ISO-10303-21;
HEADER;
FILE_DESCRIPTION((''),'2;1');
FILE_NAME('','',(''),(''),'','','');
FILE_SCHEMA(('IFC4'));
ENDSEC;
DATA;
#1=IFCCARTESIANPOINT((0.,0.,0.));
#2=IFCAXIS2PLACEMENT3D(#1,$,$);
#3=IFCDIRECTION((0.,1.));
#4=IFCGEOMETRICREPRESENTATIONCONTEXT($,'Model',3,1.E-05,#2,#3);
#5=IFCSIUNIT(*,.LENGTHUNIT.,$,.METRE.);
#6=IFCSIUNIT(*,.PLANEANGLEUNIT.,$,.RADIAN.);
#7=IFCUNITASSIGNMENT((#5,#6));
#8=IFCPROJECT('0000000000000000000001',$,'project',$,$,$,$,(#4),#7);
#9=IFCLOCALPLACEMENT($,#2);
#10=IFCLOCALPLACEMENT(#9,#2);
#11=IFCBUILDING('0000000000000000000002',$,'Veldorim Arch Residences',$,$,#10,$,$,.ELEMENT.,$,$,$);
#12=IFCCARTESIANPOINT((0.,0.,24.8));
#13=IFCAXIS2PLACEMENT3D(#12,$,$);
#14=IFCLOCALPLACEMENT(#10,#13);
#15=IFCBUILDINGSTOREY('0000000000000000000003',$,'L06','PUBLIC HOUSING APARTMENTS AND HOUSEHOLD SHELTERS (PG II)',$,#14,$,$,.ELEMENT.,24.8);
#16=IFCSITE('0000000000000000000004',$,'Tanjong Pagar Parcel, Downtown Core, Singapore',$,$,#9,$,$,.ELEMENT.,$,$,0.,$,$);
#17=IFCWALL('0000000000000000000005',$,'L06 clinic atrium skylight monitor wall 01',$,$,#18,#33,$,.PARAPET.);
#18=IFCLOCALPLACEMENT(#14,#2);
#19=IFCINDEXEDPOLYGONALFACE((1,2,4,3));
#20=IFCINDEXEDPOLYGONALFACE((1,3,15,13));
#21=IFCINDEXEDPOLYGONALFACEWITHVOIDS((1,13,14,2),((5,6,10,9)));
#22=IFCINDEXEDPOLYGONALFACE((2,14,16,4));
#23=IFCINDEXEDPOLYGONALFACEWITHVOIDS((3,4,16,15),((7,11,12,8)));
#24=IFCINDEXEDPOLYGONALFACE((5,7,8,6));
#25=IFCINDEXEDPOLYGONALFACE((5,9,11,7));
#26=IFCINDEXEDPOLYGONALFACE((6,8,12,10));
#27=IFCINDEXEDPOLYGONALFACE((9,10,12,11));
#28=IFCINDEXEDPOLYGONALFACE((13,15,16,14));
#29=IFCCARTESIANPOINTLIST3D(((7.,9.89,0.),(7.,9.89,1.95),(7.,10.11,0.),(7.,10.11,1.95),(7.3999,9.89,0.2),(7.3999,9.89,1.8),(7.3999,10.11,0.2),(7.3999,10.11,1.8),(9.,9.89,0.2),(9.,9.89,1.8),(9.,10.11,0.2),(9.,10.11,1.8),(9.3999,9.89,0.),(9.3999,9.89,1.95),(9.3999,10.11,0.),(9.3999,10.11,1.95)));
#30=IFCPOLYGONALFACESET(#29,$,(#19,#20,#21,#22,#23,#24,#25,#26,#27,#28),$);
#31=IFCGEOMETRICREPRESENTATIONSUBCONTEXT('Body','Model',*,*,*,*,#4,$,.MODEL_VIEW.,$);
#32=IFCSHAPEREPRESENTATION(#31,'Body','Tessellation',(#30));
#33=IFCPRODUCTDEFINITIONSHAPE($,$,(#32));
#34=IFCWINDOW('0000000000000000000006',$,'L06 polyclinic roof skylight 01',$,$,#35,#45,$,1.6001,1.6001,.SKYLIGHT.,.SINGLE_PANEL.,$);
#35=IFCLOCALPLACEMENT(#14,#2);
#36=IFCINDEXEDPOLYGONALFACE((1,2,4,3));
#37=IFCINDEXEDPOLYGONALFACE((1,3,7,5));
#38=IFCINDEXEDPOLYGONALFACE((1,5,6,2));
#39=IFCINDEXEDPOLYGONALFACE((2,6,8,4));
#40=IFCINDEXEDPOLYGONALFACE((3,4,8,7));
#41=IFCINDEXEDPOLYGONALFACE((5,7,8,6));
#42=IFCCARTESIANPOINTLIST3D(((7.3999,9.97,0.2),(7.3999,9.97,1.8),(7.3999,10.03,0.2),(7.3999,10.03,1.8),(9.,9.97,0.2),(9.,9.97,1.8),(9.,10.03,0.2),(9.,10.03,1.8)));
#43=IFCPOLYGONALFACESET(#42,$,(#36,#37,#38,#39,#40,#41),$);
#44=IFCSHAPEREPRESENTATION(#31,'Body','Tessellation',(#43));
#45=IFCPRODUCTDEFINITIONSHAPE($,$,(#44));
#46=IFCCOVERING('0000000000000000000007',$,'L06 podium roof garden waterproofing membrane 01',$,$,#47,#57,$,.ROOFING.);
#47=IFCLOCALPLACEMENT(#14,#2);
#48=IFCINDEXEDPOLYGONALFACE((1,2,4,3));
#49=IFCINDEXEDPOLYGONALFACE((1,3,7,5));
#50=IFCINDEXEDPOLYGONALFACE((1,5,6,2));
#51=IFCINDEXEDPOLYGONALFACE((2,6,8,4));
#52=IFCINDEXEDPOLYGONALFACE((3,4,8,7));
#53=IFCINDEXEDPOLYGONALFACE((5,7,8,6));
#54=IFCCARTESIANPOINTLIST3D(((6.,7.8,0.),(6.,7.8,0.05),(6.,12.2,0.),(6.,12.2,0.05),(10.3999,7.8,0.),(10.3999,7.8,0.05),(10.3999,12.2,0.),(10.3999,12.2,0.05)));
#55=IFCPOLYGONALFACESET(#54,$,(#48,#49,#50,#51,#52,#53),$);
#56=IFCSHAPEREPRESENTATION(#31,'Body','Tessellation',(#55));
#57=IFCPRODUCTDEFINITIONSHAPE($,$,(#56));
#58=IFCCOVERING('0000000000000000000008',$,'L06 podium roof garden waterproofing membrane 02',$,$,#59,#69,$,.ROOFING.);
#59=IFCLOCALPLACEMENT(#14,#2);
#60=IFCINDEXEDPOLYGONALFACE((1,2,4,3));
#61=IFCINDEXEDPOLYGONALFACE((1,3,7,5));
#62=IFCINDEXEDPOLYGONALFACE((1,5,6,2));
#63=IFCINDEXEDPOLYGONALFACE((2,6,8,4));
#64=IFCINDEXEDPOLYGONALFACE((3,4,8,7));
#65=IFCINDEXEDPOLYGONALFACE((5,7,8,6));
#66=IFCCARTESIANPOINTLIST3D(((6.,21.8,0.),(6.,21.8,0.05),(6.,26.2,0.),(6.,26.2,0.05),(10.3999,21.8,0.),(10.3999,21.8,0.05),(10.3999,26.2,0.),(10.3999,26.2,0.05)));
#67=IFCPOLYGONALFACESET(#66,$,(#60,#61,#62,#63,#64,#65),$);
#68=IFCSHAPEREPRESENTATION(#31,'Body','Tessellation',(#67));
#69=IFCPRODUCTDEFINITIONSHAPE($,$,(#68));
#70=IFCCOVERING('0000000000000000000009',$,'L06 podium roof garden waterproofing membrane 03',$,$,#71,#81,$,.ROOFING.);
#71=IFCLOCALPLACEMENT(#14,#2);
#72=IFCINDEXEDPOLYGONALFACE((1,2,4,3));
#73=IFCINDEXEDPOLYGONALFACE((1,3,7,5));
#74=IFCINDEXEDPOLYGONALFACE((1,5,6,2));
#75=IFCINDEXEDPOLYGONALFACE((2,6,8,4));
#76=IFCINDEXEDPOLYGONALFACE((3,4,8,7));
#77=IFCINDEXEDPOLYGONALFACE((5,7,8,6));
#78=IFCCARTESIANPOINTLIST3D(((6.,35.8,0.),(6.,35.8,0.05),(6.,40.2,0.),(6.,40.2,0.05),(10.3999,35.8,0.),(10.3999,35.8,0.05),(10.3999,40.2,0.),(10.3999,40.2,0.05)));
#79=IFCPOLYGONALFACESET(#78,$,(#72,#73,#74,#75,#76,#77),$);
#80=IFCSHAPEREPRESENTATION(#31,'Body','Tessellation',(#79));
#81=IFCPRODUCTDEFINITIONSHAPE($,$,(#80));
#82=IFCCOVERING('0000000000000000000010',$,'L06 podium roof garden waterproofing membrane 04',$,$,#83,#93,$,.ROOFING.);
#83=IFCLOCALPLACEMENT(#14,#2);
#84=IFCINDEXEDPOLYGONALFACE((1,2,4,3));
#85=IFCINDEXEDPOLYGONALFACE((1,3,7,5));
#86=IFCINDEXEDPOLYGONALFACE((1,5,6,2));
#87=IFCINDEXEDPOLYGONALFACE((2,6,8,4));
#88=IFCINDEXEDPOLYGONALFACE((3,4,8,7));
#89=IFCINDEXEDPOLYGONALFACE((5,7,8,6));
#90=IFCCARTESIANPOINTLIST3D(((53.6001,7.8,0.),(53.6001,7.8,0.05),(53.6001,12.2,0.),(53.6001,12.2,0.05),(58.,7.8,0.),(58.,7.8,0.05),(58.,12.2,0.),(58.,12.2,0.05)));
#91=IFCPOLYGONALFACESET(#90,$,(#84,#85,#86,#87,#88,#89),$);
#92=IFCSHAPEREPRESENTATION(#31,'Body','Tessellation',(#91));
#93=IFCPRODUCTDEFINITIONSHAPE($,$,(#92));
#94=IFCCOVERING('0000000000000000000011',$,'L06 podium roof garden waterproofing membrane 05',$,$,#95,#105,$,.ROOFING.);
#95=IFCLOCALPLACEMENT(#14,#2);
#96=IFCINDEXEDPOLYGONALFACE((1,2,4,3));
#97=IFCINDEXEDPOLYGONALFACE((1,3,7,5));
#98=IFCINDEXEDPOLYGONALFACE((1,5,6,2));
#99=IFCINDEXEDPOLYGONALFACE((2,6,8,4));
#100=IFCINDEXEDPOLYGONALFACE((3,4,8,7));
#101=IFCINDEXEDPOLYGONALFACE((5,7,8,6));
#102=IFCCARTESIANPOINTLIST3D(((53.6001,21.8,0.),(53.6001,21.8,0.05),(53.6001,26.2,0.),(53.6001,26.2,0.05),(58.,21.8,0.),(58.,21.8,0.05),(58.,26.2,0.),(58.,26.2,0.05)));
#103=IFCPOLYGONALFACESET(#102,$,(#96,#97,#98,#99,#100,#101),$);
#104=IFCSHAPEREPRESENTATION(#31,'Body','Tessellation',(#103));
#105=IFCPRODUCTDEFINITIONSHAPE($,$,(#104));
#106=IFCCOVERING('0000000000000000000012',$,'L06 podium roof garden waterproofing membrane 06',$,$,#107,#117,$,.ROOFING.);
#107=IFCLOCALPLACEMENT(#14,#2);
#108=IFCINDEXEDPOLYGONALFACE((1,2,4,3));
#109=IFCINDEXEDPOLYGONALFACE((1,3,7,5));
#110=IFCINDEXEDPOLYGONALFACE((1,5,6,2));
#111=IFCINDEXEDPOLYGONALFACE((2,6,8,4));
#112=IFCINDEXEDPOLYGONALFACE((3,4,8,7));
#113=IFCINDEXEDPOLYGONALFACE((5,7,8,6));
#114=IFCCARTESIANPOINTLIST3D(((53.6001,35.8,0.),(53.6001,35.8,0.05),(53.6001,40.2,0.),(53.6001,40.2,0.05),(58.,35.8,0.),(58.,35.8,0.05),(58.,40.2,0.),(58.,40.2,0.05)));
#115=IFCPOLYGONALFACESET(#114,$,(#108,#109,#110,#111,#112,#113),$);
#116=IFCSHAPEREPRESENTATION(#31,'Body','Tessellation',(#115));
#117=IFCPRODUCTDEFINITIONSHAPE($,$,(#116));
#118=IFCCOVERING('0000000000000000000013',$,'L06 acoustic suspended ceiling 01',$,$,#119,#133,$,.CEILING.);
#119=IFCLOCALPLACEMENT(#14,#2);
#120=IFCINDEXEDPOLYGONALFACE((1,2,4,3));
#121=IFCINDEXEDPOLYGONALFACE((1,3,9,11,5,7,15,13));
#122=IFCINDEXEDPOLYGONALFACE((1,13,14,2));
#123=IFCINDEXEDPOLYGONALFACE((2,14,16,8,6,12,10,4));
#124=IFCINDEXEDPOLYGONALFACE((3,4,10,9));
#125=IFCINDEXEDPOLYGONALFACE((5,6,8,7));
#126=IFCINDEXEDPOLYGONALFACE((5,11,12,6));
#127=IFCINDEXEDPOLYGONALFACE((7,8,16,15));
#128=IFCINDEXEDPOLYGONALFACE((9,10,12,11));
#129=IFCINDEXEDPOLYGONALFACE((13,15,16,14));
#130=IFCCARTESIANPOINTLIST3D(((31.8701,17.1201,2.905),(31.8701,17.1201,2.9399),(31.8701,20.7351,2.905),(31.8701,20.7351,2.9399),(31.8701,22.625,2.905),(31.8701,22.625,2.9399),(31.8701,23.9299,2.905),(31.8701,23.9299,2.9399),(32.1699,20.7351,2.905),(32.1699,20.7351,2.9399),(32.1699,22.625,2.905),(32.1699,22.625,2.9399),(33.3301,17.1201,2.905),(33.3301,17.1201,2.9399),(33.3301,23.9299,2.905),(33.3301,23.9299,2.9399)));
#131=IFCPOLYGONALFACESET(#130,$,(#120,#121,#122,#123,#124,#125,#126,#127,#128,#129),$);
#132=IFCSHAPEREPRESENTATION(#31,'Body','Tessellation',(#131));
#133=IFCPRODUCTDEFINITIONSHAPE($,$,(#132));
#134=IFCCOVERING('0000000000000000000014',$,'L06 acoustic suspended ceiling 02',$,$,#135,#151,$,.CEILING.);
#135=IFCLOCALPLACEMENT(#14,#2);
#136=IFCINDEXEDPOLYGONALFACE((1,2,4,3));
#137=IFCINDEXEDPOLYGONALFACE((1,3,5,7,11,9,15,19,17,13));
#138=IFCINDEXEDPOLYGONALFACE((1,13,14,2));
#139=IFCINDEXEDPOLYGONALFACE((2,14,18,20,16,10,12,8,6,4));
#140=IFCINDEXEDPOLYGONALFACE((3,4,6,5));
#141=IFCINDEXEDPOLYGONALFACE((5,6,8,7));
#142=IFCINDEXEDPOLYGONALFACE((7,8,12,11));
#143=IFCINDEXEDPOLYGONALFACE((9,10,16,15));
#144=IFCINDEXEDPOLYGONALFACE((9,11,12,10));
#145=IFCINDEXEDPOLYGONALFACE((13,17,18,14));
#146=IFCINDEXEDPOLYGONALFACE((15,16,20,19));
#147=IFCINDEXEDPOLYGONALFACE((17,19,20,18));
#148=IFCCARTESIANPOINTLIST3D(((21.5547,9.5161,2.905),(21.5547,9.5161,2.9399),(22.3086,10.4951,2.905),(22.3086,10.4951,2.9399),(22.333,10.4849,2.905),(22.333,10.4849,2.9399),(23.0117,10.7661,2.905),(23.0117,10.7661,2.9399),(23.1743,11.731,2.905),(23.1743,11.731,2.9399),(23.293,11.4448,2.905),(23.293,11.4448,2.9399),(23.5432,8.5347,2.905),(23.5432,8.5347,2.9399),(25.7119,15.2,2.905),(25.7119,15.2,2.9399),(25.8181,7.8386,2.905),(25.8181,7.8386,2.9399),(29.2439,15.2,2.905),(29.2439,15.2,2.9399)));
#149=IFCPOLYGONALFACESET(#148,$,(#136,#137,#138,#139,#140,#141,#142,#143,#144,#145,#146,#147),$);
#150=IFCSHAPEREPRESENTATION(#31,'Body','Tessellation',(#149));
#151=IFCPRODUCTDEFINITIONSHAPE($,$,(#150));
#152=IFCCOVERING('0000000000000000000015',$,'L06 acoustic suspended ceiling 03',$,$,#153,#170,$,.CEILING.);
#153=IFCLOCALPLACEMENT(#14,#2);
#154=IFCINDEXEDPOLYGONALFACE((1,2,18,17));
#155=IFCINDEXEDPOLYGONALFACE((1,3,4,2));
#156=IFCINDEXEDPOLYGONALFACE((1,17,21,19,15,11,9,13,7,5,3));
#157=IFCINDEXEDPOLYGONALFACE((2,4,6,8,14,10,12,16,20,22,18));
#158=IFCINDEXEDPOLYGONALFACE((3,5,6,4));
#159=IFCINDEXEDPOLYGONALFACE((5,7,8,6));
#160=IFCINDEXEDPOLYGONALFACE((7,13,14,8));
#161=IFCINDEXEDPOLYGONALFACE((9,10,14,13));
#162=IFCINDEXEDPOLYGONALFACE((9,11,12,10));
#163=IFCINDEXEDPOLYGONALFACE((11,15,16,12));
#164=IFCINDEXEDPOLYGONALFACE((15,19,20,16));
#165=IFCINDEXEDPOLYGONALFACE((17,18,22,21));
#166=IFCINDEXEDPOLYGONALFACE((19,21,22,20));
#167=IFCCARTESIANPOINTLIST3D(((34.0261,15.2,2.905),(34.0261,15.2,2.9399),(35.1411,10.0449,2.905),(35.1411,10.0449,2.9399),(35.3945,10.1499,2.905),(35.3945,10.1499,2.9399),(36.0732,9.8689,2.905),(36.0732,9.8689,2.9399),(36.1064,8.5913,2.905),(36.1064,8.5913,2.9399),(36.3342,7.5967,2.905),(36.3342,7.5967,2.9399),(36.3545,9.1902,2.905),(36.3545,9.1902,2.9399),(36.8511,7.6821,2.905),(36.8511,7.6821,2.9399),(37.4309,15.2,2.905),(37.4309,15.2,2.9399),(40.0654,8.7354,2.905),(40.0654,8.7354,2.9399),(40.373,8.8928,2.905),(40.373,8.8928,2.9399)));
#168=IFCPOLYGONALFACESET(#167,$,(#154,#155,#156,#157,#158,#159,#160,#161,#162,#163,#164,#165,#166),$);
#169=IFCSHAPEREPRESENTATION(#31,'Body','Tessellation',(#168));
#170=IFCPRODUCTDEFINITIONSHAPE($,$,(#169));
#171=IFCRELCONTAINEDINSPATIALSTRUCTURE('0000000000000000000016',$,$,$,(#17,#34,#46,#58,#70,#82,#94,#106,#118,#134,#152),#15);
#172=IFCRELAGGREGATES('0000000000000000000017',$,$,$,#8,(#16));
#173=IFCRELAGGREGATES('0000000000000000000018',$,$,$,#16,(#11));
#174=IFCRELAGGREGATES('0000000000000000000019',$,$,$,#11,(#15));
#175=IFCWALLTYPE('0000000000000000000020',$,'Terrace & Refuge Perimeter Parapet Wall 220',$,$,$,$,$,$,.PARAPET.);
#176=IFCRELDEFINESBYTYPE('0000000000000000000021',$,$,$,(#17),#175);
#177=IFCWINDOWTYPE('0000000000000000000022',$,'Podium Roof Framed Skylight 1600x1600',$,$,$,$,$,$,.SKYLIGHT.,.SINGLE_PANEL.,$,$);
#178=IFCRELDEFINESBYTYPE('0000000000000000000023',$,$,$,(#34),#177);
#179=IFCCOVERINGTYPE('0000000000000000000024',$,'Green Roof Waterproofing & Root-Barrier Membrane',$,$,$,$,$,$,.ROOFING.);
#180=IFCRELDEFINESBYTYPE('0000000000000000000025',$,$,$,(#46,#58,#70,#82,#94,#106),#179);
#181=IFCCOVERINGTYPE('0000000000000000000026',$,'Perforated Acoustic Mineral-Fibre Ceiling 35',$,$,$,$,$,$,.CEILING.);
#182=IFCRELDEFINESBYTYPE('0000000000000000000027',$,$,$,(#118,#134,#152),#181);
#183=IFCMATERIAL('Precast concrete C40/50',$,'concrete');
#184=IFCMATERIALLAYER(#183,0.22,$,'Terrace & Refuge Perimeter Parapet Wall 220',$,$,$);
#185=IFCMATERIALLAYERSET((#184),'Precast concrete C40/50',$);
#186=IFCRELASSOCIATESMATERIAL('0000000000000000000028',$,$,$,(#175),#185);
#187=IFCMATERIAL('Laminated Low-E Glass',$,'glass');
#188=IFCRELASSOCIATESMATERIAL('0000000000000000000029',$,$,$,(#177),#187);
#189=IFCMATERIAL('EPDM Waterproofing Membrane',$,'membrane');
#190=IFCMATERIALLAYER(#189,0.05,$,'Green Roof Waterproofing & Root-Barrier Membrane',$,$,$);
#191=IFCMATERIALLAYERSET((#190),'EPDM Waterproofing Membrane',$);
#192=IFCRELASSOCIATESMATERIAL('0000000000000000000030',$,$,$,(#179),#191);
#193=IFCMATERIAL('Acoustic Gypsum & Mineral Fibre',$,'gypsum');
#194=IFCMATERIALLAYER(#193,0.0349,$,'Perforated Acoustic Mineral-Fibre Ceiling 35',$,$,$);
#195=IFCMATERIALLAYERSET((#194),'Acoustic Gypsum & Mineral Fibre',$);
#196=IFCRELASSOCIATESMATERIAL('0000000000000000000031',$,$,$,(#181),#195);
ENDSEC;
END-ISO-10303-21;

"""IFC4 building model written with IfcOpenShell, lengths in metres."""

from ifc_helpers import new_model, si_unit, direction, frame, frame_2d, origin, place, context, subcontext, project, spatial, polyline, rectangle, outline, extrude, material, layer, layer_set, type_object, element, fill, save


model = new_model("IFC4")

# Units and contexts
model_context = context("Model", 3, precision=1e-05, world=origin(), true_north=direction((0.0, 1.0)))
body_context = subcontext(model_context, "Body", "Model", "MODEL_VIEW")
ifc_project = project(units=[si_unit("LENGTHUNIT", "METRE"), si_unit("PLANEANGLEUNIT", "RADIAN")], contexts=[model_context])

# Site, building, storey
site_placement = place(None, origin())
site = spatial("IfcSite", under=ifc_project, at=site_placement, Name="Tanjong Pagar Parcel, Downtown Core, Singapore", CompositionType="ELEMENT", RefElevation=0.0)
building_placement = place(site_placement, origin())
building = spatial("IfcBuilding", under=site, at=building_placement, Name="Veldorim Arch Residences", CompositionType="ELEMENT")
storey_placement = place(building_placement, frame((0.0, 0.0, 24.8)))
storey = spatial("IfcBuildingStorey", under=building, at=storey_placement, Name="L06", Description="PUBLIC HOUSING APARTMENTS AND HOUSEHOLD SHELTERS (PG II)", CompositionType="ELEMENT", Elevation=24.8)

# Shared definitions
ifc_material_1 = material(Name="Precast concrete C40/50", Category="concrete")
ifc_layer_1 = layer(ifc_material_1, 0.22, Name="Terrace & Refuge Perimeter Parapet Wall 220")
ifc_layer_set_1 = layer_set([ifc_layer_1], Name="Precast concrete C40/50")
wall_type = type_object("IfcWallType", Name="Terrace & Refuge Perimeter Parapet Wall 220", PredefinedType="PARAPET", material=ifc_layer_set_1)

# Wall, opening, window
wall_1_placement = place(storey_placement, frame((7.0, 10.0, 0.0), z_axis=(0.0, 0.0, 1.0), x_axis=(1.0, 0.0, 0.0)))
wall_1 = element("IfcWall", 1, at=wall_1_placement, inside=storey, type_object=wall_type, Name="L06 clinic atrium skylight monitor wall 01", PredefinedType="PARAPET", context=body_context, shape_type="SweptSolid", body=[
    extrude(rectangle(XDim=2.3999, YDim=0.22, at=frame_2d((1.2, 0.0))), origin(), (0.0, 0.0, 1.0), 1.95),
])
opening_placement = place(wall_1_placement, frame((0.3999, 0.0, 0.2)))
opening = element("IfcOpeningElement", 2, at=opening_placement, cuts=wall_1, PredefinedType="OPENING", context=body_context, shape_type="SweptSolid", body=[
    extrude(rectangle(XDim=1.6001, YDim=1.6001, at=frame_2d((0.8, 0.8))), frame((0.0, 0.1199, 0.0), z_axis=(0.0, -1.0, 0.0), x_axis=(1.0, 0.0, 0.0)), (0.0, 0.0, 1.0), 0.24),
])
ifc_material_2 = material(Name="Laminated Low-E Glass", Category="glass")
window_type = type_object("IfcWindowType", Name="Podium Roof Framed Skylight 1600x1600", PartitioningType="SINGLE_PANEL", PredefinedType="SKYLIGHT", material=ifc_material_2)
window_placement = place(opening_placement, origin())
window = element("IfcWindow", 3, at=window_placement, inside=storey, type_object=window_type, Name="L06 polyclinic roof skylight 01", OverallHeight=1.6001, OverallWidth=1.6001, PartitioningType="SINGLE_PANEL", PredefinedType="SKYLIGHT", context=body_context, shape_type="SweptSolid", body=[
    extrude(rectangle(XDim=1.6001, YDim=1.6001, at=frame_2d((0.8, 0.8))), frame((0.0, 0.03, 0.0), z_axis=(0.0, -1.0, 0.0), x_axis=(1.0, 0.0, 0.0)), (0.0, 0.0, 1.0), 0.0601),
])
fill(opening, window)

# Coverings
ifc_material_3 = material(Name="EPDM Waterproofing Membrane", Category="membrane")
ifc_layer_2 = layer(ifc_material_3, 0.05, Name="Green Roof Waterproofing & Root-Barrier Membrane")
ifc_layer_set_2 = layer_set([ifc_layer_2], Name="EPDM Waterproofing Membrane")
covering_type_1 = type_object("IfcCoveringType", Name="Green Roof Waterproofing & Root-Barrier Membrane", PredefinedType="ROOFING", material=ifc_layer_set_2)
covering_1_placement = place(storey_placement, origin())
element("IfcCovering", 4, at=covering_1_placement, inside=storey, type_object=covering_type_1, Name="L06 podium roof garden waterproofing membrane 01", PredefinedType="ROOFING", context=body_context, shape_type="SweptSolid", body=[
    extrude(outline(polyline([(6.0, 7.8), (10.3999, 7.8), (10.3999, 12.2), (6.0, 12.2), (6.0, 7.8)])), origin(), (0.0, 0.0, 1.0), 0.05),
])
covering_2_placement = place(storey_placement, origin())
element("IfcCovering", 5, at=covering_2_placement, inside=storey, type_object=covering_type_1, Name="L06 podium roof garden waterproofing membrane 02", PredefinedType="ROOFING", context=body_context, shape_type="SweptSolid", body=[
    extrude(outline(polyline([(6.0, 21.8), (10.3999, 21.8), (10.3999, 26.2), (6.0, 26.2), (6.0, 21.8)])), origin(), (0.0, 0.0, 1.0), 0.05),
])
covering_3_placement = place(storey_placement, origin())
element("IfcCovering", 6, at=covering_3_placement, inside=storey, type_object=covering_type_1, Name="L06 podium roof garden waterproofing membrane 03", PredefinedType="ROOFING", context=body_context, shape_type="SweptSolid", body=[
    extrude(outline(polyline([(6.0, 35.8), (10.3999, 35.8), (10.3999, 40.2), (6.0, 40.2), (6.0, 35.8)])), origin(), (0.0, 0.0, 1.0), 0.05),
])
covering_4_placement = place(storey_placement, origin())
element("IfcCovering", 7, at=covering_4_placement, inside=storey, type_object=covering_type_1, Name="L06 podium roof garden waterproofing membrane 04", PredefinedType="ROOFING", context=body_context, shape_type="SweptSolid", body=[
    extrude(outline(polyline([(53.6001, 7.8), (58.0, 7.8), (58.0, 12.2), (53.6001, 12.2), (53.6001, 7.8)])), origin(), (0.0, 0.0, 1.0), 0.05),
])
covering_5_placement = place(storey_placement, origin())
element("IfcCovering", 8, at=covering_5_placement, inside=storey, type_object=covering_type_1, Name="L06 podium roof garden waterproofing membrane 05", PredefinedType="ROOFING", context=body_context, shape_type="SweptSolid", body=[
    extrude(outline(polyline([(53.6001, 21.8), (58.0, 21.8), (58.0, 26.2), (53.6001, 26.2), (53.6001, 21.8)])), origin(), (0.0, 0.0, 1.0), 0.05),
])
covering_6_placement = place(storey_placement, origin())
element("IfcCovering", 9, at=covering_6_placement, inside=storey, type_object=covering_type_1, Name="L06 podium roof garden waterproofing membrane 06", PredefinedType="ROOFING", context=body_context, shape_type="SweptSolid", body=[
    extrude(outline(polyline([(53.6001, 35.8), (58.0, 35.8), (58.0, 40.2), (53.6001, 40.2), (53.6001, 35.8)])), origin(), (0.0, 0.0, 1.0), 0.05),
])
ifc_material_4 = material(Name="Acoustic Gypsum & Mineral Fibre", Category="gypsum")
ifc_layer_3 = layer(ifc_material_4, 0.0349, Name="Perforated Acoustic Mineral-Fibre Ceiling 35")
ifc_layer_set_3 = layer_set([ifc_layer_3], Name="Acoustic Gypsum & Mineral Fibre")
covering_type_2 = type_object("IfcCoveringType", Name="Perforated Acoustic Mineral-Fibre Ceiling 35", PredefinedType="CEILING", material=ifc_layer_set_3)
covering_7_placement = place(storey_placement, frame((0.0, 0.0, 2.905)))
element("IfcCovering", 10, at=covering_7_placement, inside=storey, type_object=covering_type_2, Name="L06 acoustic suspended ceiling 01", PredefinedType="CEILING", context=body_context, shape_type="SweptSolid", body=[
    extrude(outline(polyline([(33.3301, 23.9299), (33.3301, 17.1201), (31.8701, 17.1201), (31.8701, 20.7351), (32.1699, 20.7351), (32.1699, 22.625), (31.8701, 22.625), (31.8701, 23.9299), (33.3301, 23.9299)])), origin(), (0.0, 0.0, 1.0), 0.0349),
])
covering_8_placement = place(storey_placement, frame((0.0, 0.0, 2.905)))
element("IfcCovering", 11, at=covering_8_placement, inside=storey, type_object=covering_type_2, Name="L06 acoustic suspended ceiling 02", PredefinedType="CEILING", context=body_context, shape_type="SweptSolid", body=[
    extrude(outline(polyline([(22.3086, 10.4951), (22.333, 10.4849), (23.0117, 10.7661), (23.293, 11.4448), (23.1743, 11.731), (25.7119, 15.2), (29.2439, 15.2), (25.8181, 7.8386), (23.5432, 8.5347), (21.5547, 9.5161), (22.3086, 10.4951)])), origin(), (0.0, 0.0, 1.0), 0.0349),
])
covering_9_placement = place(storey_placement, frame((0.0, 0.0, 2.905)))
element("IfcCovering", 12, at=covering_9_placement, inside=storey, type_object=covering_type_2, Name="L06 acoustic suspended ceiling 03", PredefinedType="CEILING", context=body_context, shape_type="SweptSolid", body=[
    extrude(outline(polyline([(36.3545, 9.1902), (36.0732, 9.8689), (35.3945, 10.1499), (35.1411, 10.0449), (34.0261, 15.2), (37.4309, 15.2), (40.373, 8.8928), (40.0654, 8.7354), (36.8511, 7.6821), (36.3342, 7.5967), (36.1064, 8.5913), (36.3545, 9.1902)])), origin(), (0.0, 0.0, 1.0), 0.0349),
])

save(model, "model.ifc")
